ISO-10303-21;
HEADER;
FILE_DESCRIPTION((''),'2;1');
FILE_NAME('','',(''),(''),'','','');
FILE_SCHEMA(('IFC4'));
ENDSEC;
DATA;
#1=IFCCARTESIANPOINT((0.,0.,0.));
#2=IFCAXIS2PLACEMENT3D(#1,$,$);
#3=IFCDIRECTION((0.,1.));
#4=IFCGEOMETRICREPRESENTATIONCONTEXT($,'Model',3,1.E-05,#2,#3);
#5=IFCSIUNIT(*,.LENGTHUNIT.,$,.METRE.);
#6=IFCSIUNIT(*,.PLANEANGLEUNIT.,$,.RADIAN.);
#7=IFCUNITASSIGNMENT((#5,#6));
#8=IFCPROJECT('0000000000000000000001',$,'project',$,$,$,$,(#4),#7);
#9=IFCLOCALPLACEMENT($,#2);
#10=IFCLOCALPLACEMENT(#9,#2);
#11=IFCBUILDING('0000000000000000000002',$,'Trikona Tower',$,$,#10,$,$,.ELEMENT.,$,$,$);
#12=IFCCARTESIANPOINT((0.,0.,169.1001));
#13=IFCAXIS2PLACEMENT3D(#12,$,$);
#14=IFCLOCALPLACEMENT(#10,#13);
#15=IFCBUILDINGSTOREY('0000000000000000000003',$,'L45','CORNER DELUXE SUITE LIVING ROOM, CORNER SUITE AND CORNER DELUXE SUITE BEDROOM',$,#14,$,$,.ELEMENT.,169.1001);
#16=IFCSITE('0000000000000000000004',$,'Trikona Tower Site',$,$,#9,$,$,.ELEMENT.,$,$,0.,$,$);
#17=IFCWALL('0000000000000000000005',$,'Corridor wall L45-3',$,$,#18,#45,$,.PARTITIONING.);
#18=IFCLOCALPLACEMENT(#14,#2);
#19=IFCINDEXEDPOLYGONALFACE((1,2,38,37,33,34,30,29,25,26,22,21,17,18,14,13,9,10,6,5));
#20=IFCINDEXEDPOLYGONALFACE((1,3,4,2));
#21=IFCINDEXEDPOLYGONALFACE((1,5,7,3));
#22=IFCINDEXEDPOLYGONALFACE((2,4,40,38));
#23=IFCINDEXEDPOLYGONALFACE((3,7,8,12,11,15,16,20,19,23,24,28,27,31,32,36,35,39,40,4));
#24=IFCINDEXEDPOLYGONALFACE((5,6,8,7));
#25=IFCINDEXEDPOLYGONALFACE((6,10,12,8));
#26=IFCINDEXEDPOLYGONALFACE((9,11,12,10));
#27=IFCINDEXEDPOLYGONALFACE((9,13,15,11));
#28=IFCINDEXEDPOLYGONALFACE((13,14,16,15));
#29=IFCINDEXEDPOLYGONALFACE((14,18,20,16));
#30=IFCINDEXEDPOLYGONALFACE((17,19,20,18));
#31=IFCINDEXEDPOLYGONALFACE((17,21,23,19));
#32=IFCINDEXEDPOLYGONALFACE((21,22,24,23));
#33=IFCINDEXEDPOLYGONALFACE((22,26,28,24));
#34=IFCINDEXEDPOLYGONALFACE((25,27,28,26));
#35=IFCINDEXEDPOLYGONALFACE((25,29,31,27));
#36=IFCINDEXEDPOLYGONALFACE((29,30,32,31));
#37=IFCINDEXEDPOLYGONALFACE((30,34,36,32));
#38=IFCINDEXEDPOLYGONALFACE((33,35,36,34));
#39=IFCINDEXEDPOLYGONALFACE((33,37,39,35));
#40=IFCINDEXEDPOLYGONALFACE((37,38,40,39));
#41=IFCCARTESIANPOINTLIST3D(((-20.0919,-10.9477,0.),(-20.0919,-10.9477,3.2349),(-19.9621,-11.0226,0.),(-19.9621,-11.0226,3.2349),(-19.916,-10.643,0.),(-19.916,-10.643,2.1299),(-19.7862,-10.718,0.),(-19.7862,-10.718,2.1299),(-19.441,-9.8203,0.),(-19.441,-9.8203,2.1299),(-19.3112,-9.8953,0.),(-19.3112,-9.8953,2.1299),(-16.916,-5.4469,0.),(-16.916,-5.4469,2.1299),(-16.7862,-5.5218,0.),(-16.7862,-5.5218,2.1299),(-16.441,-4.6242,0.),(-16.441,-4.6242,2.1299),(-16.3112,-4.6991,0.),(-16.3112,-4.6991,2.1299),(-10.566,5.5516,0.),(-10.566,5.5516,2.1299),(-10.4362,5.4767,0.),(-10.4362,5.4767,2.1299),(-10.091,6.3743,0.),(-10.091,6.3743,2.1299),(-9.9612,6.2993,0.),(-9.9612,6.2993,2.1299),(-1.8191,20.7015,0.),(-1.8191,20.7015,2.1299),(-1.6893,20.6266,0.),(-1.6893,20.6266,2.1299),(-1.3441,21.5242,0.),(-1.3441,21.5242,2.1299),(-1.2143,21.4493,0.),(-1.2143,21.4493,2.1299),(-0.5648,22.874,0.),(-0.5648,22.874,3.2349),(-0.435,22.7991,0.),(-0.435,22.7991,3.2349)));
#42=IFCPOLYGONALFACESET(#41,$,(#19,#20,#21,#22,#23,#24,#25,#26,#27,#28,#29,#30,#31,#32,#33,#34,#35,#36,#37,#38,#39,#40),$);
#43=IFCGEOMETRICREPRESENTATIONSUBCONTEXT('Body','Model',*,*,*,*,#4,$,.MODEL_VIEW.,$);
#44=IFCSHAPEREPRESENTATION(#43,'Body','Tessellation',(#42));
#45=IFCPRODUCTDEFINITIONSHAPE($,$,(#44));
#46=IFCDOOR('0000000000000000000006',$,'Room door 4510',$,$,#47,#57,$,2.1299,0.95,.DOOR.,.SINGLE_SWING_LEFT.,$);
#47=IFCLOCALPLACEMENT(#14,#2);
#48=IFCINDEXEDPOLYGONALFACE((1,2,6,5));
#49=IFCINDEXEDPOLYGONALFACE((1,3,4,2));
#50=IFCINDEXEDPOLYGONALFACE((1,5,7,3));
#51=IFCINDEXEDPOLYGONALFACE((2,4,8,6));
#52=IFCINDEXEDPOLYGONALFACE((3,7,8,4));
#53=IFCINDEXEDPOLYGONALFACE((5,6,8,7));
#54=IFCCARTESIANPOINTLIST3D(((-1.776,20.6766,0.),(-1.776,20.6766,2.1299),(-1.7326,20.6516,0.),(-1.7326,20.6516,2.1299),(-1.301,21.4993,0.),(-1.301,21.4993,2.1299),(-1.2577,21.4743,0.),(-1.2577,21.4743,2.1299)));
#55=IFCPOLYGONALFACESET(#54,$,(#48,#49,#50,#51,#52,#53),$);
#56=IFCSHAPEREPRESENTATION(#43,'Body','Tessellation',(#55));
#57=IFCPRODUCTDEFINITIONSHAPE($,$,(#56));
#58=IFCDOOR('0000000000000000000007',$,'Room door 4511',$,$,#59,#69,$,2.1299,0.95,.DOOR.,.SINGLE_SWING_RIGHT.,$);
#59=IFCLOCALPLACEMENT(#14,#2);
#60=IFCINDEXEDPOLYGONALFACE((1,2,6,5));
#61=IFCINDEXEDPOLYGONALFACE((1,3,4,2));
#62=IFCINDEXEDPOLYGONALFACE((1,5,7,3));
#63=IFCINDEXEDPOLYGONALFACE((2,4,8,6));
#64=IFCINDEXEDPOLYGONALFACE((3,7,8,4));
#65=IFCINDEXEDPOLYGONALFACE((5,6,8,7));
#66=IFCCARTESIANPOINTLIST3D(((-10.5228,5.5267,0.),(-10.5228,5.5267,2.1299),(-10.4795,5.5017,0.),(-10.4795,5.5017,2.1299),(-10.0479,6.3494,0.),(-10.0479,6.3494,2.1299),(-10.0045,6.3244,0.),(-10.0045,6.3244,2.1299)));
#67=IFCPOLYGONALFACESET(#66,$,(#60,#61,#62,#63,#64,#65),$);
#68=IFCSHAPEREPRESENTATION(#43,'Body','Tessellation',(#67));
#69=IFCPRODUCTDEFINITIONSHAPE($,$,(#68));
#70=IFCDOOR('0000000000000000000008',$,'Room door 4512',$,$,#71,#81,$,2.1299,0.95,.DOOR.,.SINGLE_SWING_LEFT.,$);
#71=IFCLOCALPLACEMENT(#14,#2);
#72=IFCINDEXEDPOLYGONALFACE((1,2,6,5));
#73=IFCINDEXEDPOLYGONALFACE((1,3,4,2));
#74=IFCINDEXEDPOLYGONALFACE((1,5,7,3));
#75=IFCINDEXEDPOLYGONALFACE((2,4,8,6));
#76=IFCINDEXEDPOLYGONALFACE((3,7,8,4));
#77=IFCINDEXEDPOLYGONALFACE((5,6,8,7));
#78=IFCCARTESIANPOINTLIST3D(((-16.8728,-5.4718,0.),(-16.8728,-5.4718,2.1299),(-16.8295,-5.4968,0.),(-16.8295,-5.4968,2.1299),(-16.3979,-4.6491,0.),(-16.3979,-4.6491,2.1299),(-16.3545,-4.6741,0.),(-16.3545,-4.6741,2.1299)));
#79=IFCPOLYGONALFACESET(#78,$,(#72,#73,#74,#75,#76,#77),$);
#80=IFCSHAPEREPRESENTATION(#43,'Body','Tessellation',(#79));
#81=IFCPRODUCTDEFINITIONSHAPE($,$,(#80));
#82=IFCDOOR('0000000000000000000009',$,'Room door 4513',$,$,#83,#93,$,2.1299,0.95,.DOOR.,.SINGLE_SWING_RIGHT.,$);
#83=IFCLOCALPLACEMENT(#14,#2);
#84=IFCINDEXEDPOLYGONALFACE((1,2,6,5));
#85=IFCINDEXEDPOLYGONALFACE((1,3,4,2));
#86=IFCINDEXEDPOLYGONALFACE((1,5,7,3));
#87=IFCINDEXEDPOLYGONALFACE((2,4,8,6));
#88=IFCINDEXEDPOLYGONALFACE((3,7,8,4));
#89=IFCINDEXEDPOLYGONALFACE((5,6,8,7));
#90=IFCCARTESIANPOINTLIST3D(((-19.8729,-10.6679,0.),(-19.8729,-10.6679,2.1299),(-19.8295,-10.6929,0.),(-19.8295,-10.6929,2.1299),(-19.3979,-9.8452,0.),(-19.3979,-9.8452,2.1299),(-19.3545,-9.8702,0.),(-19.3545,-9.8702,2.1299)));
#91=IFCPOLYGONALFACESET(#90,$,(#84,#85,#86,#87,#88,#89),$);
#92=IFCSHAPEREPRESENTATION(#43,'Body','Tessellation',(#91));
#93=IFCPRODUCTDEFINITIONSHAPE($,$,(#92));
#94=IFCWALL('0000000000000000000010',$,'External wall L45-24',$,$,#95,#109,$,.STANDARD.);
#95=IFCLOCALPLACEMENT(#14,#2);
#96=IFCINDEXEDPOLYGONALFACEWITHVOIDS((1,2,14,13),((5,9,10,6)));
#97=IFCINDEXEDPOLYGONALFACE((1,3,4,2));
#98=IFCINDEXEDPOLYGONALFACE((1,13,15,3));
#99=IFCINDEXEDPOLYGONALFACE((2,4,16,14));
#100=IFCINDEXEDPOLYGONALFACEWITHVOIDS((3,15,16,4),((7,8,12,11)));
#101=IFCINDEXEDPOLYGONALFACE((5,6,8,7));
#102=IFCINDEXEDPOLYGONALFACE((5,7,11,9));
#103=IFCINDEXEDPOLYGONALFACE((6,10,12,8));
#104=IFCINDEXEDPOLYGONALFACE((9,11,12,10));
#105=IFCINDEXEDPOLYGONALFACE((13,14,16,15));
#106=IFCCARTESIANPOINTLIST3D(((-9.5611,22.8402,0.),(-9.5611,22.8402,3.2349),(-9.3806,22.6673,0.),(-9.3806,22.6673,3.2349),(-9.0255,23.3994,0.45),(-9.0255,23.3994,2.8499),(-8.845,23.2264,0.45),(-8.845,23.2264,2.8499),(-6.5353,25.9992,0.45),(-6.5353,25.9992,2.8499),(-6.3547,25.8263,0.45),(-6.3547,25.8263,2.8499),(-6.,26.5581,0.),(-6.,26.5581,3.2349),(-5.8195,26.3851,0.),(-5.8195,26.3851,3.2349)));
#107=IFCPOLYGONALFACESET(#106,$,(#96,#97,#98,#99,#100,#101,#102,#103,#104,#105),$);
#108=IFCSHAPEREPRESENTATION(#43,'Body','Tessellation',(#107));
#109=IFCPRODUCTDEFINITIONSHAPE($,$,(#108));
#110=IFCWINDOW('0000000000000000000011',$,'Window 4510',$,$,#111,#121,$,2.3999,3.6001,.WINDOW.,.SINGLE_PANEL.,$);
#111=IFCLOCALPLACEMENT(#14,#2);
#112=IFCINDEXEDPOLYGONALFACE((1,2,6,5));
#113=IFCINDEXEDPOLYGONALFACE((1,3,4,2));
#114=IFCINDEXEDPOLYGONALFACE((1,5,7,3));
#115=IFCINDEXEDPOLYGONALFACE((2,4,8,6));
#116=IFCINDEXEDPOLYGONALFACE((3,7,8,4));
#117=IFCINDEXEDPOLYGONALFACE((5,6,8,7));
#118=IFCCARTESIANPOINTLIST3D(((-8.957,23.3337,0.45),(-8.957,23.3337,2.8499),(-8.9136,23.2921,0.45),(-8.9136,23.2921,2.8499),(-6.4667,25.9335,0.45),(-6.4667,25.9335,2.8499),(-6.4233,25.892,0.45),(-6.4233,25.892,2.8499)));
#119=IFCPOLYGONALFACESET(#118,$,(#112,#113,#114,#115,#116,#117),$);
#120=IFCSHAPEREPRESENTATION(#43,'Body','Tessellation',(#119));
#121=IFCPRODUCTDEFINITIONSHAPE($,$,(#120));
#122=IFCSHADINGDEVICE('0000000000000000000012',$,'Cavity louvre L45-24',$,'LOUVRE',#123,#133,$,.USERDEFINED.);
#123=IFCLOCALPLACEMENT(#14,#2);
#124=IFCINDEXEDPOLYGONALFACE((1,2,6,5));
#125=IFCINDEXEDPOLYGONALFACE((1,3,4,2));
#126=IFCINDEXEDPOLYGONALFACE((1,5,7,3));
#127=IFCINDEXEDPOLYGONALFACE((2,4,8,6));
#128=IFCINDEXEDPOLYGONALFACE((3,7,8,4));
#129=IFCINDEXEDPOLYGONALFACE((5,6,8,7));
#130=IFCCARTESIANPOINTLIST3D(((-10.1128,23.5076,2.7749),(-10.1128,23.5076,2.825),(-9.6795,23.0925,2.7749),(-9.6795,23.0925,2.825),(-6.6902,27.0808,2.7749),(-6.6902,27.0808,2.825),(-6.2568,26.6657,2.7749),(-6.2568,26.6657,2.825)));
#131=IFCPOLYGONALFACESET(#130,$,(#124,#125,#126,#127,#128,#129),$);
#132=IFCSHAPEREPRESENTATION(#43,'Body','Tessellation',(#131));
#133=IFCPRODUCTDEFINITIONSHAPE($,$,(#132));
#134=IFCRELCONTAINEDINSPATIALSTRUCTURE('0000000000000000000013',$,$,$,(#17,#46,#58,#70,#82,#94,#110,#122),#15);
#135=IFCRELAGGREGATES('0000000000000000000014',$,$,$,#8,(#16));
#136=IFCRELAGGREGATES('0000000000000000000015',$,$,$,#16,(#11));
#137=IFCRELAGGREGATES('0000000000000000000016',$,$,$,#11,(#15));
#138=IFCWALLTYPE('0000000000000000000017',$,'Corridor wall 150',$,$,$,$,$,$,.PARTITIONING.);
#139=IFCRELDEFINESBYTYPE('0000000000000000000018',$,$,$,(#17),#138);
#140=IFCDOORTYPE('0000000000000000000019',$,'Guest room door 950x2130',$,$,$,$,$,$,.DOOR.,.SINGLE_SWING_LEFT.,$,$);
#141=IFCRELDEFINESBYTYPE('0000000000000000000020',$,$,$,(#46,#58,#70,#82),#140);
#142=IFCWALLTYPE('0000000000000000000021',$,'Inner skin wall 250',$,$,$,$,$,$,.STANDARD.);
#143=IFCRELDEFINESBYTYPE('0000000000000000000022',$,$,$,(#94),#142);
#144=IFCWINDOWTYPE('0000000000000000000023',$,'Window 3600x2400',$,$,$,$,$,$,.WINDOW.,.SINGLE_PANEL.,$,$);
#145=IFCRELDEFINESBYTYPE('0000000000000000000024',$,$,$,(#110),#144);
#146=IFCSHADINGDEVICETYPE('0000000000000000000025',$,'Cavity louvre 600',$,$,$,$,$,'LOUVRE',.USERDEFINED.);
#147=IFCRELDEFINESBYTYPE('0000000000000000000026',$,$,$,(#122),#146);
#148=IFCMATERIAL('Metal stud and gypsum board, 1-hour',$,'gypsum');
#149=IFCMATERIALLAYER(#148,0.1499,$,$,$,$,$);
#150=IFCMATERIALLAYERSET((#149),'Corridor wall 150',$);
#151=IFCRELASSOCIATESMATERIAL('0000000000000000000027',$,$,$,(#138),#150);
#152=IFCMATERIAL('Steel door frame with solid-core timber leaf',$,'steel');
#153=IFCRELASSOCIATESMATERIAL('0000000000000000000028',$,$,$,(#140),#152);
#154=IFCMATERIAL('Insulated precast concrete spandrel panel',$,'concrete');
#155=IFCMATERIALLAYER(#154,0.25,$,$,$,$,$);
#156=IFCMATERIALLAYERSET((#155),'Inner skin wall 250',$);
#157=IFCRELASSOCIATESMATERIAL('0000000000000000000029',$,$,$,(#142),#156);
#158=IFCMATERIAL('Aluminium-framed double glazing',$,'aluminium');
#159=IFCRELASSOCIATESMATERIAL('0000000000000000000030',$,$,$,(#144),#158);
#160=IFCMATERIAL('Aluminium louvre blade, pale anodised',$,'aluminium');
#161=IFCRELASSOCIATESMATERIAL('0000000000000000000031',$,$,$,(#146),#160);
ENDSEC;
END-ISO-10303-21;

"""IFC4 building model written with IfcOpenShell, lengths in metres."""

from ifc_helpers import new_model, si_unit, direction, frame, frame_2d, origin, origin_2d, place, context, subcontext, project, spatial, rectangle, extrude, material, layer, layer_set, type_object, element, fill, save


model = new_model("IFC4")

# Units and contexts
model_context = context("Model", 3, precision=1e-05, world=origin(), true_north=direction((0.0, 1.0)))
body_context = subcontext(model_context, "Body", "Model", "MODEL_VIEW")
ifc_project = project(units=[si_unit("LENGTHUNIT", "METRE"), si_unit("PLANEANGLEUNIT", "RADIAN")], contexts=[model_context])

# Site, building, storey
site_placement = place(None, origin())
site = spatial("IfcSite", under=ifc_project, at=site_placement, Name="Trikona Tower Site", CompositionType="ELEMENT", RefElevation=0.0)
building_placement = place(site_placement, origin())
building = spatial("IfcBuilding", under=site, at=building_placement, Name="Trikona Tower", CompositionType="ELEMENT")
storey_placement = place(building_placement, frame((0.0, 0.0, 169.1001)))
storey = spatial("IfcBuildingStorey", under=building, at=storey_placement, Name="L45", Description="CORNER DELUXE SUITE LIVING ROOM, CORNER SUITE AND CORNER DELUXE SUITE BEDROOM", CompositionType="ELEMENT", Elevation=169.1001)

# Wall, openings, doors
ifc_material_1 = material(Name="Metal stud and gypsum board, 1-hour", Category="gypsum")
ifc_layer_1 = layer(ifc_material_1, 0.1499)
ifc_layer_set_1 = layer_set([ifc_layer_1], Name="Corridor wall 150")
wall_type_1 = type_object("IfcWallType", Name="Corridor wall 150", PredefinedType="PARTITIONING", material=ifc_layer_set_1)
wall_1_placement = place(storey_placement, frame((-0.5, 22.8364, 0.0), z_axis=(0.0, 0.0, 1.0), x_axis=(-0.500002, -0.866024, 0.0)))
wall_1 = element("IfcWall", 1, at=wall_1_placement, inside=storey, type_object=wall_type_1, Name="Corridor wall L45-3", PredefinedType="PARTITIONING", context=body_context, shape_type="SweptSolid", body=[
    extrude(rectangle(XDim=39.054, YDim=0.1499, at=frame_2d((19.5269, 0.0))), origin(), (0.0, 0.0, 1.0), 3.2349),
])
opening_1_placement = place(wall_1_placement, frame((1.5583, 0.0, 0.0)))
opening_1 = element("IfcOpeningElement", 2, at=opening_1_placement, cuts=wall_1, PredefinedType="OPENING", context=body_context, shape_type="SweptSolid", body=[
    extrude(rectangle(XDim=0.95, YDim=2.1299, at=frame_2d((0.4751, 1.0649))), frame((0.0, 0.085, 0.0), z_axis=(0.0, -1.0, 0.0), x_axis=(1.0, 0.0, 0.0)), (0.0, 0.0, 1.0), 0.1699),
])
opening_2_placement = place(wall_1_placement, frame((19.052, 0.0, 0.0)))
opening_2 = element("IfcOpeningElement", 3, at=opening_2_placement, cuts=wall_1, PredefinedType="OPENING", context=body_context, shape_type="SweptSolid", body=[
    extrude(rectangle(XDim=0.95, YDim=2.1299, at=frame_2d((0.4751, 1.0649))), frame((0.0, 0.085, 0.0), z_axis=(0.0, -1.0, 0.0), x_axis=(1.0, 0.0, 0.0)), (0.0, 0.0, 1.0), 0.1699),
])
opening_3_placement = place(wall_1_placement, frame((31.752, 0.0, 0.0)))
opening_3 = element("IfcOpeningElement", 4, at=opening_3_placement, cuts=wall_1, PredefinedType="OPENING", context=body_context, shape_type="SweptSolid", body=[
    extrude(rectangle(XDim=0.95, YDim=2.1299, at=frame_2d((0.4751, 1.0649))), frame((0.0, 0.085, 0.0), z_axis=(0.0, -1.0, 0.0), x_axis=(1.0, 0.0, 0.0)), (0.0, 0.0, 1.0), 0.1699),
])
opening_4_placement = place(wall_1_placement, frame((37.752, 0.0, 0.0)))
opening_4 = element("IfcOpeningElement", 5, at=opening_4_placement, cuts=wall_1, PredefinedType="OPENING", context=body_context, shape_type="SweptSolid", body=[
    extrude(rectangle(XDim=0.95, YDim=2.1299, at=frame_2d((0.4751, 1.0649))), frame((0.0, 0.085, 0.0), z_axis=(0.0, -1.0, 0.0), x_axis=(1.0, 0.0, 0.0)), (0.0, 0.0, 1.0), 0.1699),
])
ifc_material_2 = material(Name="Steel door frame with solid-core timber leaf", Category="steel")
door_type = type_object("IfcDoorType", Name="Guest room door 950x2130", OperationType="SINGLE_SWING_LEFT", PredefinedType="DOOR", material=ifc_material_2)
door_1_placement = place(opening_1_placement, origin())
door_1 = element("IfcDoor", 6, at=door_1_placement, inside=storey, type_object=door_type, Name="Room door 4510", OperationType="SINGLE_SWING_LEFT", OverallHeight=2.1299, OverallWidth=0.95, PredefinedType="DOOR", context=body_context, shape_type="SweptSolid", body=[
    extrude(rectangle(XDim=0.95, YDim=2.1299, at=frame_2d((0.4751, 1.0649))), frame((0.0, 0.0249, 0.0), z_axis=(0.0, -1.0, 0.0), x_axis=(1.0, 0.0, 0.0)), (0.0, 0.0, 1.0), 0.05),
])
fill(opening_1, door_1)
door_2_placement = place(opening_2_placement, origin())
door_2 = element("IfcDoor", 7, at=door_2_placement, inside=storey, type_object=door_type, Name="Room door 4511", OperationType="SINGLE_SWING_RIGHT", OverallHeight=2.1299, OverallWidth=0.95, PredefinedType="DOOR", context=body_context, shape_type="SweptSolid", body=[
    extrude(rectangle(XDim=0.95, YDim=2.1299, at=frame_2d((0.4751, 1.0649))), frame((0.0, 0.0249, 0.0), z_axis=(0.0, -1.0, 0.0), x_axis=(1.0, 0.0, 0.0)), (0.0, 0.0, 1.0), 0.05),
])
fill(opening_2, door_2)
door_3_placement = place(opening_3_placement, origin())
door_3 = element("IfcDoor", 8, at=door_3_placement, inside=storey, type_object=door_type, Name="Room door 4512", OperationType="SINGLE_SWING_LEFT", OverallHeight=2.1299, OverallWidth=0.95, PredefinedType="DOOR", context=body_context, shape_type="SweptSolid", body=[
    extrude(rectangle(XDim=0.95, YDim=2.1299, at=frame_2d((0.4751, 1.0649))), frame((0.0, 0.0249, 0.0), z_axis=(0.0, -1.0, 0.0), x_axis=(1.0, 0.0, 0.0)), (0.0, 0.0, 1.0), 0.05),
])
fill(opening_3, door_3)
door_4_placement = place(opening_4_placement, origin())
door_4 = element("IfcDoor", 9, at=door_4_placement, inside=storey, type_object=door_type, Name="Room door 4513", OperationType="SINGLE_SWING_RIGHT", OverallHeight=2.1299, OverallWidth=0.95, PredefinedType="DOOR", context=body_context, shape_type="SweptSolid", body=[
    extrude(rectangle(XDim=0.95, YDim=2.1299, at=frame_2d((0.4751, 1.0649))), frame((0.0, 0.0249, 0.0), z_axis=(0.0, -1.0, 0.0), x_axis=(1.0, 0.0, 0.0)), (0.0, 0.0, 1.0), 0.05),
])
fill(opening_4, door_4)

# Wall, opening, window
ifc_material_3 = material(Name="Insulated precast concrete spandrel panel", Category="concrete")
ifc_layer_2 = layer(ifc_material_3, 0.25)
ifc_layer_set_2 = layer_set([ifc_layer_2], Name="Inner skin wall 250")
wall_type_2 = type_object("IfcWallType", Name="Inner skin wall 250", PredefinedType="STANDARD", material=ifc_layer_set_2)
wall_2_placement = place(storey_placement, frame((-5.9097, 26.4717, 0.0), z_axis=(0.0, 0.0, 1.0), x_axis=(-0.69172, -0.722166, 0.0)))
wall_2 = element("IfcWall", 10, at=wall_2_placement, inside=storey, type_object=wall_type_2, Name="External wall L45-24", PredefinedType="STANDARD", context=body_context, shape_type="SweptSolid", body=[
    extrude(rectangle(XDim=5.1482, YDim=0.25, at=frame_2d((2.5742, 0.0))), origin(), (0.0, 0.0, 1.0), 3.2349),
])
opening_5_placement = place(wall_2_placement, frame((0.7739, 0.0, 0.45)))
opening_5 = element("IfcOpeningElement", 11, at=opening_5_placement, cuts=wall_2, PredefinedType="OPENING", context=body_context, shape_type="SweptSolid", body=[
    extrude(rectangle(XDim=3.6001, YDim=2.3999, at=frame_2d((1.8, 1.2))), frame((0.0, 0.135, 0.0), z_axis=(0.0, -1.0, 0.0), x_axis=(1.0, 0.0, 0.0)), (0.0, 0.0, 1.0), 0.27),
])
ifc_material_4 = material(Name="Aluminium-framed double glazing", Category="aluminium")
window_type_1 = type_object("IfcWindowType", Name="Window 3600x2400", PartitioningType="SINGLE_PANEL", PredefinedType="WINDOW", material=ifc_material_4)
window_1_placement = place(opening_5_placement, origin())
window_1 = element("IfcWindow", 12, at=window_1_placement, inside=storey, type_object=window_type_1, Name="Window 4510", OverallHeight=2.3999, OverallWidth=3.6001, PartitioningType="SINGLE_PANEL", PredefinedType="WINDOW", context=body_context, shape_type="SweptSolid", body=[
    extrude(rectangle(XDim=3.6001, YDim=2.3999, at=frame_2d((1.8, 1.2))), frame((0.0, 0.03, 0.0), z_axis=(0.0, -1.0, 0.0), x_axis=(1.0, 0.0, 0.0)), (0.0, 0.0, 1.0), 0.0601),
])
fill(opening_5, window_1)

# Shading device
ifc_material_5 = material(Name="Aluminium louvre blade, pale anodised", Category="aluminium")
shading_device_type = type_object("IfcShadingDeviceType", Name="Cavity louvre 600", ElementType="LOUVRE", PredefinedType="USERDEFINED", material=ifc_material_5)
shading_device_placement = place(storey_placement, frame((-8.1848, 25.0867, 2.7749), z_axis=(0.0, 0.0, 1.0), x_axis=(-0.691724, -0.722162, 0.0)))
element("IfcShadingDevice", 13, at=shading_device_placement, inside=storey, type_object=shading_device_type, Name="Cavity louvre L45-24", ObjectType="LOUVRE", PredefinedType="USERDEFINED", context=body_context, shape_type="SweptSolid", body=[
    extrude(rectangle(XDim=4.948, YDim=0.6001, at=origin_2d()), origin(), (0.0, 0.0, 1.0), 0.05),
])

save(model, "model.ifc")
